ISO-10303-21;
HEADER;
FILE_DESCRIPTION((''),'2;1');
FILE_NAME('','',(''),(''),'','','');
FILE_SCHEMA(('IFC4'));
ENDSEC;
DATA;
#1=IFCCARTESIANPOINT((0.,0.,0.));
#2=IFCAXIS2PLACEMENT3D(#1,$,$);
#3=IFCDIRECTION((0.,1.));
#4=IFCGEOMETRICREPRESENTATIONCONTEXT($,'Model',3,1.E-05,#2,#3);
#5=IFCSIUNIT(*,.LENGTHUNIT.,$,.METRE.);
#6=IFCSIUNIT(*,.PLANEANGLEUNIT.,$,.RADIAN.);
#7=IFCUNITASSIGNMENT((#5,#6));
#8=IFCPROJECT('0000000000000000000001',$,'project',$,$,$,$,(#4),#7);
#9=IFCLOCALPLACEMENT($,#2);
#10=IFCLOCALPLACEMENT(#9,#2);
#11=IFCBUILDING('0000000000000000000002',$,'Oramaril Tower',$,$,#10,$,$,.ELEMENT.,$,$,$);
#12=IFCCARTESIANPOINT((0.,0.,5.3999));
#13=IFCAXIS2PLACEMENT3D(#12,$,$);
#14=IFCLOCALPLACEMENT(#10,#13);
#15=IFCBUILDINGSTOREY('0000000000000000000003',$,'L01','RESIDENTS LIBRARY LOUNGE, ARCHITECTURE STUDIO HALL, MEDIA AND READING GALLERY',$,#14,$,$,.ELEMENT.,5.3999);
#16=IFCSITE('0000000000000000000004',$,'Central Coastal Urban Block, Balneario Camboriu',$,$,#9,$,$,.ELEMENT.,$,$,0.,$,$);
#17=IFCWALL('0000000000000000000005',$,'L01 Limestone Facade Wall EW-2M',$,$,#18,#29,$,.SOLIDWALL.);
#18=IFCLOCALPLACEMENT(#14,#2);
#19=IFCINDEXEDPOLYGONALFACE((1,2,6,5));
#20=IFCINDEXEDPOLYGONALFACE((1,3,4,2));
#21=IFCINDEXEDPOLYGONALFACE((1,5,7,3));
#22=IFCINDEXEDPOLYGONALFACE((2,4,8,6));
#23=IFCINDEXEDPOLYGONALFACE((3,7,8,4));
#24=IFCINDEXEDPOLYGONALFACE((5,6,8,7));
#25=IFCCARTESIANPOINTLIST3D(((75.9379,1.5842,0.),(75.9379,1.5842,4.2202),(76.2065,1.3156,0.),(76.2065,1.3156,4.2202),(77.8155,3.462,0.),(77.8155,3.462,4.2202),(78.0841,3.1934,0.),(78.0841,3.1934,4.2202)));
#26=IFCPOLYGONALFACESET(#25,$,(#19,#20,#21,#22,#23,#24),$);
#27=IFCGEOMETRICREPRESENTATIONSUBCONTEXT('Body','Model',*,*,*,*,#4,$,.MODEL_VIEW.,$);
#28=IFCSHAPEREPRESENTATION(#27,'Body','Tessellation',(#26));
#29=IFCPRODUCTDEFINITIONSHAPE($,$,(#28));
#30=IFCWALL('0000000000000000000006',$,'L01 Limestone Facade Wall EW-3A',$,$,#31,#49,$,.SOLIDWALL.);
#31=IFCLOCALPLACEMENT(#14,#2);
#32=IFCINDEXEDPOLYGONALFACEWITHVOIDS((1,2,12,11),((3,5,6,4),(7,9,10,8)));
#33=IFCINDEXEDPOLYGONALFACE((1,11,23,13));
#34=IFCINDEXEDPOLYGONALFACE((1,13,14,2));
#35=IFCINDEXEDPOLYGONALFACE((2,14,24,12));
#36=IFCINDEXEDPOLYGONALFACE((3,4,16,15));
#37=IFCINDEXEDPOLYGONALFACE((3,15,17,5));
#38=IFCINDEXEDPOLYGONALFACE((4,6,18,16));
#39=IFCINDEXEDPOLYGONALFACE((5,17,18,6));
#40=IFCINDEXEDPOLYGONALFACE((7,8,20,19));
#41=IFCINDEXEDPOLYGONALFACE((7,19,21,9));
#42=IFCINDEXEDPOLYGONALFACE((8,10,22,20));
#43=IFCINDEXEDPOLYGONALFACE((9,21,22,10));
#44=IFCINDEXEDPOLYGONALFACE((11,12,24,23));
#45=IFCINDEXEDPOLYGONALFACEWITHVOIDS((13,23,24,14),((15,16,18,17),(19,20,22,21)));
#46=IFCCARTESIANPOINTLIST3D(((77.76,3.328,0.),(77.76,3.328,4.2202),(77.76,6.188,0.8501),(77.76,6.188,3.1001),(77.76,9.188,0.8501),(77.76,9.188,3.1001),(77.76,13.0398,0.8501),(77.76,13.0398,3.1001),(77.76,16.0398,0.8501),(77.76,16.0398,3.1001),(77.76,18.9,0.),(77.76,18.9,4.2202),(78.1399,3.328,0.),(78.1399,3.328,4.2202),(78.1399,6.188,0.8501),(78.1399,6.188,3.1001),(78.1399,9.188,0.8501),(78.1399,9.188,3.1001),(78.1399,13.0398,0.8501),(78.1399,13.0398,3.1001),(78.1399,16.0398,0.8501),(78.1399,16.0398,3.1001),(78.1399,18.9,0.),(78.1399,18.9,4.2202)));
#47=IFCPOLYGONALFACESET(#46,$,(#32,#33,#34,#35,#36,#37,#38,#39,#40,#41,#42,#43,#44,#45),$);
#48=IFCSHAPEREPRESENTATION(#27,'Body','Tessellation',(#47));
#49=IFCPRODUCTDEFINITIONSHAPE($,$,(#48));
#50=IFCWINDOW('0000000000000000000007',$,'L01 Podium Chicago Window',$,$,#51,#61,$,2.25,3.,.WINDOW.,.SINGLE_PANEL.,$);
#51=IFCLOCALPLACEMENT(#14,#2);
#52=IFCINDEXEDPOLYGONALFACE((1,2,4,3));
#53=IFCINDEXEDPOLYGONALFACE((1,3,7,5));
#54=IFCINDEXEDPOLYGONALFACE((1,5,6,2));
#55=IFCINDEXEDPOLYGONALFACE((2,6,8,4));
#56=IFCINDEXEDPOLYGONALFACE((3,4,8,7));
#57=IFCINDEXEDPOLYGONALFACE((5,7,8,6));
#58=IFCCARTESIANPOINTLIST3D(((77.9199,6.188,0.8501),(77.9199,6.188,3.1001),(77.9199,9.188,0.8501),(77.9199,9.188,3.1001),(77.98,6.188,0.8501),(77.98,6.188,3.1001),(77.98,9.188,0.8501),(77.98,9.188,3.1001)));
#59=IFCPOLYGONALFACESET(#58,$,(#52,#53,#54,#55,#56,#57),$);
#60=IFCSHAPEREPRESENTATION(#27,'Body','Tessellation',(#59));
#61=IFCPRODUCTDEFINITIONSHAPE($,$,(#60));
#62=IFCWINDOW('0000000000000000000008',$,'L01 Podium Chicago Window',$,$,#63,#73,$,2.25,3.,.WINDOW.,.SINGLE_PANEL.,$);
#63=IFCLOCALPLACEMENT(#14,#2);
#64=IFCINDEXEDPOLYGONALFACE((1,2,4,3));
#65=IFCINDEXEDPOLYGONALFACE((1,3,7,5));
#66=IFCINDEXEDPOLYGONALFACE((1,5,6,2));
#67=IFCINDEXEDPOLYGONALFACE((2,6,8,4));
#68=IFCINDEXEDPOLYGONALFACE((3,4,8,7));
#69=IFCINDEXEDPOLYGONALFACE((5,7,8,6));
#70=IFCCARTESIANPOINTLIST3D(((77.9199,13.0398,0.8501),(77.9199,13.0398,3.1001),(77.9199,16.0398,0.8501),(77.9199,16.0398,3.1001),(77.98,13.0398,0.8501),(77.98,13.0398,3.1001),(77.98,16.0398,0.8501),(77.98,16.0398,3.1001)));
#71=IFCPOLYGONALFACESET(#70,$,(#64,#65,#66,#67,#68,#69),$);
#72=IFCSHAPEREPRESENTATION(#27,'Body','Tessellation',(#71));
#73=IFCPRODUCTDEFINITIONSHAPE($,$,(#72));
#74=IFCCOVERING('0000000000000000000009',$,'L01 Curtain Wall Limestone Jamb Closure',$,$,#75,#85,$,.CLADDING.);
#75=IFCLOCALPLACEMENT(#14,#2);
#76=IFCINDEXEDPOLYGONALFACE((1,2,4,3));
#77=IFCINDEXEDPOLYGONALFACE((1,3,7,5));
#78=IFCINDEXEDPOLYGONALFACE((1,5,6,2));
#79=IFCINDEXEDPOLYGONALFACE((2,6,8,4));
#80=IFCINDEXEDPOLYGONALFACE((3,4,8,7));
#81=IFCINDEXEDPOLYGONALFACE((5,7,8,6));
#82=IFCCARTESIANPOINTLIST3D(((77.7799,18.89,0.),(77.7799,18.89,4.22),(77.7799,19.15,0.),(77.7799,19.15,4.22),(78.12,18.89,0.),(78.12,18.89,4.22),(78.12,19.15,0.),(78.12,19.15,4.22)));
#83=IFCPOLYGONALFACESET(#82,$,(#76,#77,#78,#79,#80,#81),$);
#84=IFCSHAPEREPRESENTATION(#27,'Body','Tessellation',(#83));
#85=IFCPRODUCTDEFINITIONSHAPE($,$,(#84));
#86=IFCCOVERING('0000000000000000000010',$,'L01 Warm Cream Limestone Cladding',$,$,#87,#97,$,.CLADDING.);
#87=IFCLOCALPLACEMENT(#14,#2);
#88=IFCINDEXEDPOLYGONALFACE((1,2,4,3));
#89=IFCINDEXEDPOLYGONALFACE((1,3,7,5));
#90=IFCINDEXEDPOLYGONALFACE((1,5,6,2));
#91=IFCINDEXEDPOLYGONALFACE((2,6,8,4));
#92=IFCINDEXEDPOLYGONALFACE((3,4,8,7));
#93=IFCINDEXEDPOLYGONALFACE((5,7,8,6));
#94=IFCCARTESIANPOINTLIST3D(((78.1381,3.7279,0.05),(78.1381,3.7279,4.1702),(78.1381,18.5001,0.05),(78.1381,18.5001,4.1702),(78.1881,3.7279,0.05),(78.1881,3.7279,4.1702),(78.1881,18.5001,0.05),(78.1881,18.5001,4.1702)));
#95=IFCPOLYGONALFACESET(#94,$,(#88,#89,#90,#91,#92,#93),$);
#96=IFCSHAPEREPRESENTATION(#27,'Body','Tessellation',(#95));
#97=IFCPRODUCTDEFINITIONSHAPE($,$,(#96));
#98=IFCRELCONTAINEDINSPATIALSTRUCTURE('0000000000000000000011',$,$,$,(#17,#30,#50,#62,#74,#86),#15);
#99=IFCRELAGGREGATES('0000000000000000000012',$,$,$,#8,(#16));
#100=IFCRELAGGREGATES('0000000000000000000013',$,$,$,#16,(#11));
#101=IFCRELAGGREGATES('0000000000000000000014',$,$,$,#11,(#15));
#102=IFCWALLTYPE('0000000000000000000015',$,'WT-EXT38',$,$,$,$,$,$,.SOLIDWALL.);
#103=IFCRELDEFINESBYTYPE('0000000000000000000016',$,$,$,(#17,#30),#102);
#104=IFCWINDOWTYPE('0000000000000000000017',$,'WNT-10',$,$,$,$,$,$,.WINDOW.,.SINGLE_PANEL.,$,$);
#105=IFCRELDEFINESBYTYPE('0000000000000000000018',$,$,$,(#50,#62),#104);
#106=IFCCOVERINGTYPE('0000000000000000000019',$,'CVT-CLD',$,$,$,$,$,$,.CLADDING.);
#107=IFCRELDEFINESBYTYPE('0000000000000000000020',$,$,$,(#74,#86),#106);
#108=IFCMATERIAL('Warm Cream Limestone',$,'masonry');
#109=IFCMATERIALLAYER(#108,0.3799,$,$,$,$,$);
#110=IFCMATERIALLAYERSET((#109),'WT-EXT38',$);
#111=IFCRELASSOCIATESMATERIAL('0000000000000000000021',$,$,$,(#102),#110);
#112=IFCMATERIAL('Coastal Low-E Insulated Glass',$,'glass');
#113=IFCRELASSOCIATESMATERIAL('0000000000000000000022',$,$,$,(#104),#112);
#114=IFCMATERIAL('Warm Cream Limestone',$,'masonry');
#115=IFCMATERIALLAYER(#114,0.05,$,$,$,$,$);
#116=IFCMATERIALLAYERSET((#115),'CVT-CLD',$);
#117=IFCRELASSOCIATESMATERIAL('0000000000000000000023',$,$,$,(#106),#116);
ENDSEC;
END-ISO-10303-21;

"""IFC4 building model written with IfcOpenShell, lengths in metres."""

from ifc_helpers import new_model, si_unit, direction, frame, frame_2d, origin, origin_2d, place, context, subcontext, project, spatial, rectangle, extrude, material, layer, layer_set, type_object, element, fill, save


model = new_model("IFC4")

# Units and contexts
model_context = context("Model", 3, precision=1e-05, world=origin(), true_north=direction((0.0, 1.0)))
body_context = subcontext(model_context, "Body", "Model", "MODEL_VIEW")
ifc_project = project(units=[si_unit("LENGTHUNIT", "METRE"), si_unit("PLANEANGLEUNIT", "RADIAN")], contexts=[model_context])

# Site, building, storey
site_placement = place(None, origin())
site = spatial("IfcSite", under=ifc_project, at=site_placement, Name="Central Coastal Urban Block, Balneario Camboriu", CompositionType="ELEMENT", RefElevation=0.0)
building_placement = place(site_placement, origin())
building = spatial("IfcBuilding", under=site, at=building_placement, Name="Oramaril Tower", CompositionType="ELEMENT")
storey_placement = place(building_placement, frame((0.0, 0.0, 5.3999)))
storey = spatial("IfcBuildingStorey", under=building, at=storey_placement, Name="L01", Description="RESIDENTS LIBRARY LOUNGE, ARCHITECTURE STUDIO HALL, MEDIA AND READING GALLERY", CompositionType="ELEMENT", Elevation=5.3999)

# Wall
ifc_material_1 = material(Name="Warm Cream Limestone", Category="masonry")
ifc_layer_1 = layer(ifc_material_1, 0.3799)
ifc_layer_set_1 = layer_set([ifc_layer_1], Name="WT-EXT38")
wall_type = type_object("IfcWallType", Name="WT-EXT38", PredefinedType="SOLIDWALL", material=ifc_layer_set_1)
wall_1_placement = place(storey_placement, frame((76.0723, 1.45, 0.0), z_axis=(0.0, 0.0, 1.0), x_axis=(0.707061, 0.707153, 0.0)))
element("IfcWall", 1, at=wall_1_placement, inside=storey, type_object=wall_type, Name="L01 Limestone Facade Wall EW-2M", PredefinedType="SOLIDWALL", context=body_context, shape_type="SweptSolid", body=[
    extrude(rectangle(XDim=2.6555, YDim=0.3799, at=frame_2d((1.3276, 0.0))), origin(), (0.0, 0.0, 1.0), 4.2202),
])

# Wall, openings, windows
wall_2_placement = place(storey_placement, frame((77.95, 3.3279, 0.0), z_axis=(0.0, 0.0, 1.0), x_axis=(0.0, 1.0, 0.0)))
wall_2 = element("IfcWall", 2, at=wall_2_placement, inside=storey, type_object=wall_type, Name="L01 Limestone Facade Wall EW-3A", PredefinedType="SOLIDWALL", context=body_context, shape_type="SweptSolid", body=[
    extrude(rectangle(XDim=15.572, YDim=0.3799, at=frame_2d((7.7861, 0.0))), origin(), (0.0, 0.0, 1.0), 4.2202),
])
opening_1_placement = place(wall_2_placement, frame((2.8601, 0.0, 0.8501)))
opening_1 = element("IfcOpeningElement", 3, at=opening_1_placement, cuts=wall_2, PredefinedType="OPENING", context=body_context, shape_type="SweptSolid", body=[
    extrude(rectangle(XDim=3.0, YDim=2.25, at=frame_2d((1.5, 1.125))), frame((0.0, 0.1899, 0.0), z_axis=(0.0, -1.0, 0.0), x_axis=(1.0, 0.0, 0.0)), (0.0, 0.0, 1.0), 0.3799),
])
opening_2_placement = place(wall_2_placement, frame((9.7119, 0.0, 0.8501)))
opening_2 = element("IfcOpeningElement", 4, at=opening_2_placement, cuts=wall_2, PredefinedType="OPENING", context=body_context, shape_type="SweptSolid", body=[
    extrude(rectangle(XDim=3.0, YDim=2.25, at=frame_2d((1.5, 1.125))), frame((0.0, 0.1899, 0.0), z_axis=(0.0, -1.0, 0.0), x_axis=(1.0, 0.0, 0.0)), (0.0, 0.0, 1.0), 0.3799),
])
ifc_material_2 = material(Name="Coastal Low-E Insulated Glass", Category="glass")
window_type = type_object("IfcWindowType", Name="WNT-10", PartitioningType="SINGLE_PANEL", PredefinedType="WINDOW", material=ifc_material_2)
window_1_placement = place(opening_1_placement, origin())
window_1 = element("IfcWindow", 5, at=window_1_placement, inside=storey, type_object=window_type, Name="L01 Podium Chicago Window", OverallHeight=2.25, OverallWidth=3.0, PartitioningType="SINGLE_PANEL", PredefinedType="WINDOW", context=body_context, shape_type="SweptSolid", body=[
    extrude(rectangle(XDim=3.0, YDim=2.25, at=frame_2d((1.5, 1.125))), frame((0.0, 0.03, 0.0), z_axis=(0.0, -1.0, 0.0), x_axis=(1.0, 0.0, 0.0)), (0.0, 0.0, 1.0), 0.0601),
])
fill(opening_1, window_1)
window_2_placement = place(opening_2_placement, origin())
window_2 = element("IfcWindow", 6, at=window_2_placement, inside=storey, type_object=window_type, Name="L01 Podium Chicago Window", OverallHeight=2.25, OverallWidth=3.0, PartitioningType="SINGLE_PANEL", PredefinedType="WINDOW", context=body_context, shape_type="SweptSolid", body=[
    extrude(rectangle(XDim=3.0, YDim=2.25, at=frame_2d((1.5, 1.125))), frame((0.0, 0.03, 0.0), z_axis=(0.0, -1.0, 0.0), x_axis=(1.0, 0.0, 0.0)), (0.0, 0.0, 1.0), 0.0601),
])
fill(opening_2, window_2)

# Coverings
ifc_material_3 = material(Name="Warm Cream Limestone", Category="masonry")
ifc_layer_2 = layer(ifc_material_3, 0.05)
ifc_layer_set_2 = layer_set([ifc_layer_2], Name="CVT-CLD")
covering_type = type_object("IfcCoveringType", Name="CVT-CLD", PredefinedType="CLADDING", material=ifc_layer_set_2)
covering_1_placement = place(storey_placement, frame((77.95, 19.02, 0.0), z_axis=(0.0, 0.0, 1.0), x_axis=(0.0, 1.0, 0.0)))
element("IfcCovering", 7, at=covering_1_placement, inside=storey, type_object=covering_type, Name="L01 Curtain Wall Limestone Jamb Closure", PredefinedType="CLADDING", context=body_context, shape_type="SweptSolid", body=[
    extrude(rectangle(XDim=0.26, YDim=0.3401, at=origin_2d()), origin(), (0.0, 0.0, 1.0), 4.22),
])
covering_2_placement = place(storey_placement, frame((78.1631, 11.114, 0.05), z_axis=(0.0, 0.0, 1.0), x_axis=(0.0, 1.0, 0.0)))
element("IfcCovering", 8, at=covering_2_placement, inside=storey, type_object=covering_type, Name="L01 Warm Cream Limestone Cladding", PredefinedType="CLADDING", context=body_context, shape_type="SweptSolid", body=[
    extrude(rectangle(XDim=14.7722, YDim=0.05, at=origin_2d()), origin(), (0.0, 0.0, 1.0), 4.1201),
])

save(model, "model.ifc")
